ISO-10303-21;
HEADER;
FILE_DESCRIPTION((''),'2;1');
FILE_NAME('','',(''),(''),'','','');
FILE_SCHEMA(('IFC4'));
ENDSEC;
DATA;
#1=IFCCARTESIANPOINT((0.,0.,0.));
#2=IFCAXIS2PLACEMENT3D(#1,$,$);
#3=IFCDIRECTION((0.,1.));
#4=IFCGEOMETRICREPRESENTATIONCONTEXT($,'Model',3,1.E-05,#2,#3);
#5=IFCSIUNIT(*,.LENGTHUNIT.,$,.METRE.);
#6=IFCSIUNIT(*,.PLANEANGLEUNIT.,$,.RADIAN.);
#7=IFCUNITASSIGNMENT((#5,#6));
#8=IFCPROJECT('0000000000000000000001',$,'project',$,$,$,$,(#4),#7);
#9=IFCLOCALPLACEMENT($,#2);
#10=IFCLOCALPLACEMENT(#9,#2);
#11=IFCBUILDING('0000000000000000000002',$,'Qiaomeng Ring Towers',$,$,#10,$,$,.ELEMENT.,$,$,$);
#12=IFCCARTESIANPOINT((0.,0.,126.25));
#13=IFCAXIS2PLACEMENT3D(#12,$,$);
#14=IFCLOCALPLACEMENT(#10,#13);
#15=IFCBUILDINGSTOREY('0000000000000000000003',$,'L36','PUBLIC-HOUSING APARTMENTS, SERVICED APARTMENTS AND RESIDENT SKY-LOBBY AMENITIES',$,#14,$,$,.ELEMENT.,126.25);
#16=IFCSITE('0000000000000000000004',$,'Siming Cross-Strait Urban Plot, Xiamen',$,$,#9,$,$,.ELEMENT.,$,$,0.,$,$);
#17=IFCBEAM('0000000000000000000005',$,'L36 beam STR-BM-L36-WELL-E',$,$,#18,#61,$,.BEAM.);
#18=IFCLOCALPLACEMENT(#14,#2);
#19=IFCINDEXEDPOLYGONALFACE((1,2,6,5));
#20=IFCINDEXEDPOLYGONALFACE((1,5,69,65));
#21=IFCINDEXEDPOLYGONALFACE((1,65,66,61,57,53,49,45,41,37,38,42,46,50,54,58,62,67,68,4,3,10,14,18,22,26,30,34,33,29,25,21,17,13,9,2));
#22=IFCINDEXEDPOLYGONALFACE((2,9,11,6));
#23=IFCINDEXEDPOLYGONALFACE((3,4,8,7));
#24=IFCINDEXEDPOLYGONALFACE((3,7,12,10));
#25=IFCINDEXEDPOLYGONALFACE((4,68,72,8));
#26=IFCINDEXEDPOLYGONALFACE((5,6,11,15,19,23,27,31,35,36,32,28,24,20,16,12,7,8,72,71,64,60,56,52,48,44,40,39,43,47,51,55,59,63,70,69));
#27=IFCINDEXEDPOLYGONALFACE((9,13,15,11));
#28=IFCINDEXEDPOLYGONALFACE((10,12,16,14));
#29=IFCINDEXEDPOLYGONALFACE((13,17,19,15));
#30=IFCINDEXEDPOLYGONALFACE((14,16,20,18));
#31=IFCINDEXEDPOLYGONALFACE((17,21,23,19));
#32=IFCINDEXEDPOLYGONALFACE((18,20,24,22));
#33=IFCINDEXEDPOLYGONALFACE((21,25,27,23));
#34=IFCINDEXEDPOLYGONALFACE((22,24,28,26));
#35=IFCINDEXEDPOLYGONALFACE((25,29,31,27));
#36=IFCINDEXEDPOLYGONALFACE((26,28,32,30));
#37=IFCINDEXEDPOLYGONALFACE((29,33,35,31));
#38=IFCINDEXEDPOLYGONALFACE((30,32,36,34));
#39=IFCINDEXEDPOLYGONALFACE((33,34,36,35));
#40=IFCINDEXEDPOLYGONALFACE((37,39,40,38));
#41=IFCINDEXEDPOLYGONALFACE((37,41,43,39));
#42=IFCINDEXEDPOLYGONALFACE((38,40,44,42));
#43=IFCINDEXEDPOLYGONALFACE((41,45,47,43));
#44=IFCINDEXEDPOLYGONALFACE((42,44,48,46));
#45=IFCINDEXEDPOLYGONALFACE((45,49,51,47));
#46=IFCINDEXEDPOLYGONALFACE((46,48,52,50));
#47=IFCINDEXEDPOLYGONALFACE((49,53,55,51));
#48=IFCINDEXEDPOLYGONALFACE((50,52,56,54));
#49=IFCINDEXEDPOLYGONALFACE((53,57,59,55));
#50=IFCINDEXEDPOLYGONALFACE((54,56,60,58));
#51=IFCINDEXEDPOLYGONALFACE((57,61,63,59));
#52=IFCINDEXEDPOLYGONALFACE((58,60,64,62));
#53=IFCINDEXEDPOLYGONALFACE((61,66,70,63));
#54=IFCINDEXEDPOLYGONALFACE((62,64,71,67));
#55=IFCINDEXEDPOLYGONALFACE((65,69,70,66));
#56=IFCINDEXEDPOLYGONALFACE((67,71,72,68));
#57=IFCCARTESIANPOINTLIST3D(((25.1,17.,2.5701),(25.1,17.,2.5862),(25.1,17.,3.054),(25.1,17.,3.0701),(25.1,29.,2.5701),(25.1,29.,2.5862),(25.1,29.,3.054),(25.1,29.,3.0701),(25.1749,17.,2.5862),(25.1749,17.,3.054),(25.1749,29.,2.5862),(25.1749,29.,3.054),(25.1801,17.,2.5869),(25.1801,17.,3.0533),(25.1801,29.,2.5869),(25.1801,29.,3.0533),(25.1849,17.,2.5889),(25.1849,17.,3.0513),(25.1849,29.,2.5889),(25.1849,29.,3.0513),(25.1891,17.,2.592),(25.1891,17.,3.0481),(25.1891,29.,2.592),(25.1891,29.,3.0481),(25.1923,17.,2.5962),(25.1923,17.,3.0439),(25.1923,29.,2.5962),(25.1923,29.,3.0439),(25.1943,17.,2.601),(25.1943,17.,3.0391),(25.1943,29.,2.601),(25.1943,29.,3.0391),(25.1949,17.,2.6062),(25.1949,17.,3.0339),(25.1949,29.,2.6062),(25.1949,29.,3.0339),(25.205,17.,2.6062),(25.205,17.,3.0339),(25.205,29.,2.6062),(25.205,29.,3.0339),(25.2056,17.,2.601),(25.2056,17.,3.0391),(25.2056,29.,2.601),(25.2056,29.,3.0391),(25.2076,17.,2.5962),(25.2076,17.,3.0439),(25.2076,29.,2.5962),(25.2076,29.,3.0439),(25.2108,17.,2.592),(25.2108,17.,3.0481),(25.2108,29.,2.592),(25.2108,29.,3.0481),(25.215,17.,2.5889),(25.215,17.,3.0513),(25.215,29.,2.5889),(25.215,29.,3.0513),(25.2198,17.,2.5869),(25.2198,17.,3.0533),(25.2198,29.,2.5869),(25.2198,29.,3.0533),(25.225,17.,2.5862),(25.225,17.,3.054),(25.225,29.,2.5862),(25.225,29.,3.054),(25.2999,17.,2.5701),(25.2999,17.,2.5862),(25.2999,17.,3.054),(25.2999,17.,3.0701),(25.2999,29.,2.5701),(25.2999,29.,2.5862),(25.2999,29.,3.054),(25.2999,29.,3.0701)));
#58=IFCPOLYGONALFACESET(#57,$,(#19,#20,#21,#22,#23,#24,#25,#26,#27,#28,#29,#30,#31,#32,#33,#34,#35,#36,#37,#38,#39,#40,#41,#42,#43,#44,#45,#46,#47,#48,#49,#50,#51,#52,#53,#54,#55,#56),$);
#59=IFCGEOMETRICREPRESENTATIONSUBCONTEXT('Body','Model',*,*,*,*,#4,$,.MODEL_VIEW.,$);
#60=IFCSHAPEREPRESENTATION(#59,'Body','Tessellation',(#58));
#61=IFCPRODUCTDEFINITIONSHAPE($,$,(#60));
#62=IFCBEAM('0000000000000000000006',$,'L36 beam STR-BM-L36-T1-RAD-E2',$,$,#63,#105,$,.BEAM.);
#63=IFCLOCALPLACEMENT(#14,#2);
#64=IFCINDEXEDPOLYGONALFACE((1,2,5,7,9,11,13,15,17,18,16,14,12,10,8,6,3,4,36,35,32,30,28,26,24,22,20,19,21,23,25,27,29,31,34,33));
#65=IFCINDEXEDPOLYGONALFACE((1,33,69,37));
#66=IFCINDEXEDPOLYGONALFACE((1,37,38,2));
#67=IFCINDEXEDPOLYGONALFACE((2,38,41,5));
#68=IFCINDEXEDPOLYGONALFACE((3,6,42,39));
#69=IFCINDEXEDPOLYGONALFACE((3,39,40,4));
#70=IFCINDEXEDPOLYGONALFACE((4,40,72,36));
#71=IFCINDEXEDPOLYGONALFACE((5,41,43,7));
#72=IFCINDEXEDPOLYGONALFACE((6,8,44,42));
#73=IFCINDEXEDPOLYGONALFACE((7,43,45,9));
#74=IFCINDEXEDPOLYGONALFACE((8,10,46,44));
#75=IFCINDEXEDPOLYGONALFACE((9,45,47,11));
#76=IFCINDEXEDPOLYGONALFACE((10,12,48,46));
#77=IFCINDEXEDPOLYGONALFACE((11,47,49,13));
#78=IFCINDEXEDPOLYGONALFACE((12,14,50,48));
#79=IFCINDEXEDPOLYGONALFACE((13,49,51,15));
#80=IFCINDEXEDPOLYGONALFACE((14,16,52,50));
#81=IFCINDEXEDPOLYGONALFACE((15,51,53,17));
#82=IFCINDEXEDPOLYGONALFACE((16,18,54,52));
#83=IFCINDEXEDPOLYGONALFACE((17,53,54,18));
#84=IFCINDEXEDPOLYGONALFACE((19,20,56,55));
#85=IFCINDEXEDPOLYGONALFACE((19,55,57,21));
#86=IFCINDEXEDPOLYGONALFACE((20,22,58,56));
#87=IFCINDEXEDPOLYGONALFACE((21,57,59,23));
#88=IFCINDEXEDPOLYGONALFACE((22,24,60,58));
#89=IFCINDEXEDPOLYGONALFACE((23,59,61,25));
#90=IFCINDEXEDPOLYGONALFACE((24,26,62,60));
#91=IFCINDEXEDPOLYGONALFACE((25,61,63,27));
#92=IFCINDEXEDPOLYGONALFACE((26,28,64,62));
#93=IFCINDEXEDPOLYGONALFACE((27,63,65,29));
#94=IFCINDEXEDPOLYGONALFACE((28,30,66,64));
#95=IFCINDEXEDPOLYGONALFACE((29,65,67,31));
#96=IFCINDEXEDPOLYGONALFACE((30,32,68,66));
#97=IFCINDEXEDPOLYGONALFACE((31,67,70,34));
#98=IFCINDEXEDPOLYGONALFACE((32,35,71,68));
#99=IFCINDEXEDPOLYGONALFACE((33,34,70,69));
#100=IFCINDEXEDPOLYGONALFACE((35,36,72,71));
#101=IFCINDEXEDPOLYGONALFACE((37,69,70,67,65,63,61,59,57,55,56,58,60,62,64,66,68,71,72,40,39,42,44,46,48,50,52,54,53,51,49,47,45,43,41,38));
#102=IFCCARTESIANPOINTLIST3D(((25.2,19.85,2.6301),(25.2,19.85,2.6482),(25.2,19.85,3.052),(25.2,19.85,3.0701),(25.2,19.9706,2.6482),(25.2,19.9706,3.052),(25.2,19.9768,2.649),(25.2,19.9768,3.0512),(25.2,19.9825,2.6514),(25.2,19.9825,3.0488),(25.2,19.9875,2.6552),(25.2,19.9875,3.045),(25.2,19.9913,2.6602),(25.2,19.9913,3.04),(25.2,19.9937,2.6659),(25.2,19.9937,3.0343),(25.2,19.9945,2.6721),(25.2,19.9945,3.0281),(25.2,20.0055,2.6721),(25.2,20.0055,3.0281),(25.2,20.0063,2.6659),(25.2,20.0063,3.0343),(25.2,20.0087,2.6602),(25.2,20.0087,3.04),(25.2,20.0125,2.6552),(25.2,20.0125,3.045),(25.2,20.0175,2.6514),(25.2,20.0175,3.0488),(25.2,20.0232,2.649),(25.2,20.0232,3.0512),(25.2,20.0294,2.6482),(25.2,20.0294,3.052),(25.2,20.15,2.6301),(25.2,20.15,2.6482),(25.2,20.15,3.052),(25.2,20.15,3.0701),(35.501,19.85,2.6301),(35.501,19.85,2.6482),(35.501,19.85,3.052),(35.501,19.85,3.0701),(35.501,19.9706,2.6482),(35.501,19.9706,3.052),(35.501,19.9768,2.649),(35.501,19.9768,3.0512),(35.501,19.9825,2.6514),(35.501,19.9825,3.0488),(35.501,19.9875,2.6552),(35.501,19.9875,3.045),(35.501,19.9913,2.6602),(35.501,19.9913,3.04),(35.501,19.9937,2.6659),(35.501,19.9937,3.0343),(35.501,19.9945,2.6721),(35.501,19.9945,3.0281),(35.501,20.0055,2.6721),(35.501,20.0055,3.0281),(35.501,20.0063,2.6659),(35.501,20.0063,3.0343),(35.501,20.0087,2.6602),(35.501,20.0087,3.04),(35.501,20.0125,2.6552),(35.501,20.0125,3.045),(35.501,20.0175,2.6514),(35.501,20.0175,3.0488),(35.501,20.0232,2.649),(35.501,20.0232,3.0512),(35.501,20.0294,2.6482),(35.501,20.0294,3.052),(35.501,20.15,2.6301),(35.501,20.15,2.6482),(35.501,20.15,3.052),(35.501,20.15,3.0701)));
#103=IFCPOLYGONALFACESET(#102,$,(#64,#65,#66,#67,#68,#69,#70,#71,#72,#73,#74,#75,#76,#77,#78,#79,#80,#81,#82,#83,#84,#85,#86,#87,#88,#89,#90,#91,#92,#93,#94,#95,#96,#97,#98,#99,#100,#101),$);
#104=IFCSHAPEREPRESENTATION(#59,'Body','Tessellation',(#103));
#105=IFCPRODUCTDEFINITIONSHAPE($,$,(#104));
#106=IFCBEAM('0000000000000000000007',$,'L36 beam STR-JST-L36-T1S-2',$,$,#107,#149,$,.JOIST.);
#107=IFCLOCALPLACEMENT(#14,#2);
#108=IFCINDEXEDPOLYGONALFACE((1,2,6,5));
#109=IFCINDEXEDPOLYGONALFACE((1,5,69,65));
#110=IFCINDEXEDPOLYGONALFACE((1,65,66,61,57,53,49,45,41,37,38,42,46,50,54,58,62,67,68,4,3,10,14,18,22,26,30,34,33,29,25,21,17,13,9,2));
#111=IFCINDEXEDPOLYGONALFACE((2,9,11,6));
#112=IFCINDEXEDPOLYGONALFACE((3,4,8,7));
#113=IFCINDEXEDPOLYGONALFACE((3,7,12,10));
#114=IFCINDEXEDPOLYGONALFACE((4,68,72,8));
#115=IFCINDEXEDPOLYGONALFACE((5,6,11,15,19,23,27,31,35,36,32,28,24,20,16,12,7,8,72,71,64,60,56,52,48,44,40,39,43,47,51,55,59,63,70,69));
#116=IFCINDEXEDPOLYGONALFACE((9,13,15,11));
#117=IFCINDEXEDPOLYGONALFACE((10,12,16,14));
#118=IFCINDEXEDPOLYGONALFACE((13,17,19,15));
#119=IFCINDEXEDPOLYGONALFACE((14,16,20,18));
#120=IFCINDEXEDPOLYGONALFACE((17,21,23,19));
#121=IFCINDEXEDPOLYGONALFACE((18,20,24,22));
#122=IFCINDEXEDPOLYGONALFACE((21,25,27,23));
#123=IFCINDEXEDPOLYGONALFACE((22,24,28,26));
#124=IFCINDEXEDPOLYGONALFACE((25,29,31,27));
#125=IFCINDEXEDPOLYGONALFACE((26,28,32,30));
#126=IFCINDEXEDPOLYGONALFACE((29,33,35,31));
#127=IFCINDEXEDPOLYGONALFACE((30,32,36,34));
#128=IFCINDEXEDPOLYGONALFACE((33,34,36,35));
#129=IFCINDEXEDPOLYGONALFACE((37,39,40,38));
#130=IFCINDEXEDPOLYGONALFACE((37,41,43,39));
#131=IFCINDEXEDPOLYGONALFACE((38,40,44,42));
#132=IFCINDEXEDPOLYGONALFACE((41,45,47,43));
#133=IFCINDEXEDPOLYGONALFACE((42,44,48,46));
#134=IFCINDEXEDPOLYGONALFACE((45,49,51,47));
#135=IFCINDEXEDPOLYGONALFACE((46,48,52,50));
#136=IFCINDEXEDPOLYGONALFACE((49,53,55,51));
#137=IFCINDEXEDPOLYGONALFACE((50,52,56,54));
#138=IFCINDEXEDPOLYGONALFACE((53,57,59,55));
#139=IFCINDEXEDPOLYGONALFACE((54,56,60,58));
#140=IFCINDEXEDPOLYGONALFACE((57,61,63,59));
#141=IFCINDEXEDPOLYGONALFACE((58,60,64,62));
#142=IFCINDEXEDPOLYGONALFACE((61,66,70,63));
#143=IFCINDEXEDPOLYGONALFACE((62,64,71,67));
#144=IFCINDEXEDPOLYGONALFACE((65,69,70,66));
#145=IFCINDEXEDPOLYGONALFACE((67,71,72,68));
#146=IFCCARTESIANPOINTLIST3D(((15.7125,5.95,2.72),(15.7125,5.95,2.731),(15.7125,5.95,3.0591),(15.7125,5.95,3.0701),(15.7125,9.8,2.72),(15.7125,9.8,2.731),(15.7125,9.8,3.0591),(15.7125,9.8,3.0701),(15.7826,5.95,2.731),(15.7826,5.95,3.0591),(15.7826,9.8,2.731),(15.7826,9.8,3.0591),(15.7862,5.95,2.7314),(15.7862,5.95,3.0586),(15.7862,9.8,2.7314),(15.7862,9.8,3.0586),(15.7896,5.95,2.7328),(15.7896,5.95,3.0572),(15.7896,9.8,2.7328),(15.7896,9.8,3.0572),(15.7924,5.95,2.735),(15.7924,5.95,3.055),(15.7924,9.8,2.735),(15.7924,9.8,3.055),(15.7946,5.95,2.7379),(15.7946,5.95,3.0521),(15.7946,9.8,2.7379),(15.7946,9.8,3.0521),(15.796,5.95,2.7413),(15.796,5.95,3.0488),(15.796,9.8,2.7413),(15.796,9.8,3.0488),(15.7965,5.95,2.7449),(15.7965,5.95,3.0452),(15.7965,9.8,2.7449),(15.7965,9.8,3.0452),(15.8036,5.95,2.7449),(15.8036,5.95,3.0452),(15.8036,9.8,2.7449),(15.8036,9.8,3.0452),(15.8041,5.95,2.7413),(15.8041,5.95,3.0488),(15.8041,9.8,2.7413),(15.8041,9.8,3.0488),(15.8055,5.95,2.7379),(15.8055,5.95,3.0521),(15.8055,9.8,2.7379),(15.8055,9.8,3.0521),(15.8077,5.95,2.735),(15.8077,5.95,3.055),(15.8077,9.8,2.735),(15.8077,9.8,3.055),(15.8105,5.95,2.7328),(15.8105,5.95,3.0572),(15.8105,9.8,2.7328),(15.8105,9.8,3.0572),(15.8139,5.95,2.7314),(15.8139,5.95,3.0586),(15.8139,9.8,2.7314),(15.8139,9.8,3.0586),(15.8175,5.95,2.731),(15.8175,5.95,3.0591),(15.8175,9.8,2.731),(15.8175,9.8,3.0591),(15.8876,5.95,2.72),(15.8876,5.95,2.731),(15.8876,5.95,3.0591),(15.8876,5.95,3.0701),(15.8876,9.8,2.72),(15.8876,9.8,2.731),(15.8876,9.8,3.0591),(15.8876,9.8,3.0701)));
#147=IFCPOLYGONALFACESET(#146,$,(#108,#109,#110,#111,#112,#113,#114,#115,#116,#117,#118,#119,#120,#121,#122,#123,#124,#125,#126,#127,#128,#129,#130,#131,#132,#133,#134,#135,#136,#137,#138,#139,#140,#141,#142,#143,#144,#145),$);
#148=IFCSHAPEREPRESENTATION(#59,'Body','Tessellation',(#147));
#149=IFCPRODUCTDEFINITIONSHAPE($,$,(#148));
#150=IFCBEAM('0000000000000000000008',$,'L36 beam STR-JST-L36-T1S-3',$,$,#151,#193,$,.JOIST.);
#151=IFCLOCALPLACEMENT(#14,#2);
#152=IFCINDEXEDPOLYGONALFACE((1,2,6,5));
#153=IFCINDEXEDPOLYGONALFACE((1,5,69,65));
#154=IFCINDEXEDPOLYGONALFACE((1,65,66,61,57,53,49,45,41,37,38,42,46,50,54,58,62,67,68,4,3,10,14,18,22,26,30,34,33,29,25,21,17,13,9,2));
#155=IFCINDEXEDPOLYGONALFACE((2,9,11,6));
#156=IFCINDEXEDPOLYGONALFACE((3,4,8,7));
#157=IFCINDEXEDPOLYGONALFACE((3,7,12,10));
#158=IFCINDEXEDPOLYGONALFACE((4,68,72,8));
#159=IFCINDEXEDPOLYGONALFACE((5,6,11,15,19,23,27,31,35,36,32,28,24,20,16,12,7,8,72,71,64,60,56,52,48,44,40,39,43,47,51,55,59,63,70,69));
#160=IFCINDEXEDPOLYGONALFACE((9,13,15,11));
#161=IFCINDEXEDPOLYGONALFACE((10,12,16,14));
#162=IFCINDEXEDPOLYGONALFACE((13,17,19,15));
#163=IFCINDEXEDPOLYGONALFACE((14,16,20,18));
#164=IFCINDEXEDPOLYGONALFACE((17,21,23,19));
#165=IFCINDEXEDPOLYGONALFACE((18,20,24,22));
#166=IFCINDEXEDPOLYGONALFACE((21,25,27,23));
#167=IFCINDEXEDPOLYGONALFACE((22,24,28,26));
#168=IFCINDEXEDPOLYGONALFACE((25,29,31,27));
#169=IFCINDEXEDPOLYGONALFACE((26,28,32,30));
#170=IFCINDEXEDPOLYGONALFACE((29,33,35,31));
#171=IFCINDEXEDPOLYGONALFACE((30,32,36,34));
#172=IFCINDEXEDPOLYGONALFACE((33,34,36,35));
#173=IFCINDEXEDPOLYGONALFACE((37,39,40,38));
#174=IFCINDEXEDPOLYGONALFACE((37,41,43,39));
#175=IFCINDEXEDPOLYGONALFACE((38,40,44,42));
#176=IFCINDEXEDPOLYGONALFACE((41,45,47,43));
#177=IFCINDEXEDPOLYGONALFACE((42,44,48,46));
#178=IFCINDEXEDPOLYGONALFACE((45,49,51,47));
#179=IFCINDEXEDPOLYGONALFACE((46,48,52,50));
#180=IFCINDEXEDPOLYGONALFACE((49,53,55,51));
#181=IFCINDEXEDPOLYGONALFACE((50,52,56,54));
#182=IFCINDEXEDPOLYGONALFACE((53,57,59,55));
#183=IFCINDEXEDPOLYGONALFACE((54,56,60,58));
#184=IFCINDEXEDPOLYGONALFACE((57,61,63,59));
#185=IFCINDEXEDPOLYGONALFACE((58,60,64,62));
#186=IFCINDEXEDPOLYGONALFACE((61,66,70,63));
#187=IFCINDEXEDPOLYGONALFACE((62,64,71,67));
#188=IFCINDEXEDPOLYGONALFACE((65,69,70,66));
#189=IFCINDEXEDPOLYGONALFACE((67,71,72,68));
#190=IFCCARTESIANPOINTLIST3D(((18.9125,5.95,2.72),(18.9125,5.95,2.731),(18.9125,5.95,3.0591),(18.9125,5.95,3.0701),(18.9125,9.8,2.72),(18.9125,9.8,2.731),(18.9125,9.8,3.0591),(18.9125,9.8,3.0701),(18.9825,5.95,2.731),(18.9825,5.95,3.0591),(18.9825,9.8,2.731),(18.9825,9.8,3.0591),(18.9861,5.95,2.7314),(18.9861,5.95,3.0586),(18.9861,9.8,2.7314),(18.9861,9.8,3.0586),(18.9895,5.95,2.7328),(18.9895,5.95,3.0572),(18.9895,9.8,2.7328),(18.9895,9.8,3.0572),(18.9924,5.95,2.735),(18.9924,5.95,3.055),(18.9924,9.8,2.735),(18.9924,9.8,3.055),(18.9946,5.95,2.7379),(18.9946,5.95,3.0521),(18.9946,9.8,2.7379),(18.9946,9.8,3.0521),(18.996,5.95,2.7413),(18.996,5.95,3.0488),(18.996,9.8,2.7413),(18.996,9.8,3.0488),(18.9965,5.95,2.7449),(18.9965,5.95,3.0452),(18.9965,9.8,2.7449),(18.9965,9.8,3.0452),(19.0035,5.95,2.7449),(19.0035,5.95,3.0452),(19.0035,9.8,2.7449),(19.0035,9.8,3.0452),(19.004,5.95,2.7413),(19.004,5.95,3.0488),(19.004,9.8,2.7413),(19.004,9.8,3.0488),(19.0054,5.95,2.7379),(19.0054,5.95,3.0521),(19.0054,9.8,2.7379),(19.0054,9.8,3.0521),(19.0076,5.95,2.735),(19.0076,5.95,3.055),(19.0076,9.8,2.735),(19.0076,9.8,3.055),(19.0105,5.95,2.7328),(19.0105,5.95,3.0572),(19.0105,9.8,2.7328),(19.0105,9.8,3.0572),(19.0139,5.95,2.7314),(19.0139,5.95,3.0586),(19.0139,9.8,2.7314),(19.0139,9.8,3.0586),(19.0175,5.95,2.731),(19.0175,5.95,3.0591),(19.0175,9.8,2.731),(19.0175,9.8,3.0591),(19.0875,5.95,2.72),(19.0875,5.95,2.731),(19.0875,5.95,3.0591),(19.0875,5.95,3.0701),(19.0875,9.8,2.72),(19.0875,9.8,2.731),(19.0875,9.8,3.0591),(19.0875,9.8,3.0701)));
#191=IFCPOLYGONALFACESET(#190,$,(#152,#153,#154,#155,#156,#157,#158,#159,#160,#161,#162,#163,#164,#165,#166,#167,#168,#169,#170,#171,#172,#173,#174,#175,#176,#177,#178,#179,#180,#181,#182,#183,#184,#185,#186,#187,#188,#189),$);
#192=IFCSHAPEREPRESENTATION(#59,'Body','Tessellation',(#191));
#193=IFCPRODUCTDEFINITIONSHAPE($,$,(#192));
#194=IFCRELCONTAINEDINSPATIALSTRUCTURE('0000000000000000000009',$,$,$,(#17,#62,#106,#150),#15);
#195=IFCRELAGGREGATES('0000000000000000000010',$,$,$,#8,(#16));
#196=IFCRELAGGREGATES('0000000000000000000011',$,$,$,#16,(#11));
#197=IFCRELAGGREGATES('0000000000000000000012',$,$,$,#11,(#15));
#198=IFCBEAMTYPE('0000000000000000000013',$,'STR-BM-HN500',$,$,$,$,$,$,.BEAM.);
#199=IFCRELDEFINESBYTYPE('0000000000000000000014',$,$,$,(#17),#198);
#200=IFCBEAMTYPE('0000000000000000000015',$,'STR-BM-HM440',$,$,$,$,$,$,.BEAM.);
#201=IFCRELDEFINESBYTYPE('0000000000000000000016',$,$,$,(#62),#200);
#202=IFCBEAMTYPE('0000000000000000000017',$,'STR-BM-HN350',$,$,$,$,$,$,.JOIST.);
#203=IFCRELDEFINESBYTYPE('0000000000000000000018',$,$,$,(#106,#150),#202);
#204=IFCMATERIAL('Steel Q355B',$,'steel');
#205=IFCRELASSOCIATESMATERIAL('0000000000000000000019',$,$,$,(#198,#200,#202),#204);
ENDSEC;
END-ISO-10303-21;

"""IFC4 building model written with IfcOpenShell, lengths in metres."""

from ifc_helpers import new_model, si_unit, direction, frame, origin, origin_2d, place, context, subcontext, project, spatial, i_section, extrude, source, transform, mapped, material, material_profile, profile_set, type_object, element, save


model = new_model("IFC4")

# Units and contexts
model_context = context("Model", 3, precision=1e-05, world=origin(), true_north=direction((0.0, 1.0)))
body_context = subcontext(model_context, "Body", "Model", "MODEL_VIEW")
ifc_project = project(units=[si_unit("LENGTHUNIT", "METRE"), si_unit("PLANEANGLEUNIT", "RADIAN")], contexts=[model_context])

# Site, building, storey
site_placement = place(None, origin())
site = spatial("IfcSite", under=ifc_project, at=site_placement, Name="Siming Cross-Strait Urban Plot, Xiamen", CompositionType="ELEMENT", RefElevation=0.0)
building_placement = place(site_placement, origin())
building = spatial("IfcBuilding", under=site, at=building_placement, Name="Qiaomeng Ring Towers", CompositionType="ELEMENT")
storey_placement = place(building_placement, frame((0.0, 0.0, 126.25)))
storey = spatial("IfcBuildingStorey", under=building, at=storey_placement, Name="L36", Description="PUBLIC-HOUSING APARTMENTS, SERVICED APARTMENTS AND RESIDENT SKY-LOBBY AMENITIES", CompositionType="ELEMENT", Elevation=126.25)

# Beams
ifc_material_1 = material(Name="Steel Q355B", Category="steel")
ifc_material_profile_1 = material_profile(ifc_material_1, i_section(OverallWidth=0.2, OverallDepth=0.5, WebThickness=0.01, FlangeThickness=0.0161, FilletRadius=0.02, at=origin_2d()), Name="HN 500x200x10x16")
ifc_profile_set_1 = profile_set([ifc_material_profile_1], Name="Steel Q355B")
beam_type_1 = type_object("IfcBeamType", Name="STR-BM-HN500", PredefinedType="BEAM", material=ifc_profile_set_1)
shared_shape_1 = source(origin(), body_context, "Body", "SweptSolid", [
    extrude(i_section(OverallWidth=0.2, OverallDepth=0.5, WebThickness=0.01, FlangeThickness=0.0161, FilletRadius=0.02, at=origin_2d()), origin(), (0.0, 0.0, 1.0), 12.0),
])
beam_1_placement = place(storey_placement, frame((25.2, 17.0, 2.8201), z_axis=(0.0, 1.0, 0.0), x_axis=(-1.0, 0.0, 0.0)))
element("IfcBeam", 1, at=beam_1_placement, inside=storey, type_object=beam_type_1, Name="L36 beam STR-BM-L36-WELL-E", PredefinedType="BEAM", context=body_context, shape_type="MappedRepresentation", body=[
    mapped(shared_shape_1, transform((0.0, 0.0, 0.0), x_axis=(1.0, 0.0, 0.0), y_axis=(0.0, 1.0, 0.0), z_axis=(0.0, 0.0, 1.0), scale=1.0)),
])
ifc_material_profile_2 = material_profile(ifc_material_1, i_section(OverallWidth=0.3, OverallDepth=0.4399, WebThickness=0.011, FlangeThickness=0.0181, FilletRadius=0.0239, at=origin_2d()), Name="HM 440x300x11x18")
ifc_profile_set_2 = profile_set([ifc_material_profile_2], Name="Steel Q355B")
beam_type_2 = type_object("IfcBeamType", Name="STR-BM-HM440", PredefinedType="BEAM", material=ifc_profile_set_2)
shared_shape_2 = source(origin(), body_context, "Body", "SweptSolid", [
    extrude(i_section(OverallWidth=0.3, OverallDepth=0.4399, WebThickness=0.011, FlangeThickness=0.0181, FilletRadius=0.0239, at=origin_2d()), origin(), (0.0, 0.0, 1.0), 10.301),
])
beam_2_placement = place(storey_placement, frame((25.2, 20.0, 2.8501), z_axis=(1.0, 0.0, 0.0), x_axis=(0.0, 1.0, 0.0)))
element("IfcBeam", 2, at=beam_2_placement, inside=storey, type_object=beam_type_2, Name="L36 beam STR-BM-L36-T1-RAD-E2", PredefinedType="BEAM", context=body_context, shape_type="MappedRepresentation", body=[
    mapped(shared_shape_2, transform((0.0, 0.0, 0.0), x_axis=(1.0, 0.0, 0.0), y_axis=(0.0, 1.0, 0.0), z_axis=(0.0, 0.0, 1.0), scale=1.0)),
])
ifc_material_profile_3 = material_profile(ifc_material_1, i_section(OverallWidth=0.175, OverallDepth=0.3501, WebThickness=0.0071, FlangeThickness=0.011, FilletRadius=0.0139, at=origin_2d()), Name="HN 350x175x7x11")
ifc_profile_set_3 = profile_set([ifc_material_profile_3], Name="Steel Q355B")
beam_type_3 = type_object("IfcBeamType", Name="STR-BM-HN350", PredefinedType="JOIST", material=ifc_profile_set_3)
shared_shape_3 = source(origin(), body_context, "Body", "SweptSolid", [
    extrude(i_section(OverallWidth=0.175, OverallDepth=0.3501, WebThickness=0.0071, FlangeThickness=0.011, FilletRadius=0.0139, at=origin_2d()), origin(), (0.0, 0.0, 1.0), 3.8501),
])
for number, where, z_axis, x_axis, name in (
    (3, (15.8, 5.95, 2.895), (0.0, 1.0, 0.0), (-1.0, 0.0, 0.0), "L36 beam STR-JST-L36-T1S-2"),
    (4, (19.0, 5.95, 2.895), (0.0, 1.0, 0.0), (-1.0, 0.0, 0.0), "L36 beam STR-JST-L36-T1S-3"),
):
    element("IfcBeam", number, at=place(storey_placement, frame(where, z_axis=z_axis, x_axis=x_axis)), inside=storey, type_object=beam_type_3, Name=name, PredefinedType="JOIST", context=body_context, shape_type="MappedRepresentation", body=[
        mapped(shared_shape_3, transform((0.0, 0.0, 0.0), x_axis=(1.0, 0.0, 0.0), y_axis=(0.0, 1.0, 0.0), z_axis=(0.0, 0.0, 1.0), scale=1.0)),
    ])

save(model, "model.ifc")
